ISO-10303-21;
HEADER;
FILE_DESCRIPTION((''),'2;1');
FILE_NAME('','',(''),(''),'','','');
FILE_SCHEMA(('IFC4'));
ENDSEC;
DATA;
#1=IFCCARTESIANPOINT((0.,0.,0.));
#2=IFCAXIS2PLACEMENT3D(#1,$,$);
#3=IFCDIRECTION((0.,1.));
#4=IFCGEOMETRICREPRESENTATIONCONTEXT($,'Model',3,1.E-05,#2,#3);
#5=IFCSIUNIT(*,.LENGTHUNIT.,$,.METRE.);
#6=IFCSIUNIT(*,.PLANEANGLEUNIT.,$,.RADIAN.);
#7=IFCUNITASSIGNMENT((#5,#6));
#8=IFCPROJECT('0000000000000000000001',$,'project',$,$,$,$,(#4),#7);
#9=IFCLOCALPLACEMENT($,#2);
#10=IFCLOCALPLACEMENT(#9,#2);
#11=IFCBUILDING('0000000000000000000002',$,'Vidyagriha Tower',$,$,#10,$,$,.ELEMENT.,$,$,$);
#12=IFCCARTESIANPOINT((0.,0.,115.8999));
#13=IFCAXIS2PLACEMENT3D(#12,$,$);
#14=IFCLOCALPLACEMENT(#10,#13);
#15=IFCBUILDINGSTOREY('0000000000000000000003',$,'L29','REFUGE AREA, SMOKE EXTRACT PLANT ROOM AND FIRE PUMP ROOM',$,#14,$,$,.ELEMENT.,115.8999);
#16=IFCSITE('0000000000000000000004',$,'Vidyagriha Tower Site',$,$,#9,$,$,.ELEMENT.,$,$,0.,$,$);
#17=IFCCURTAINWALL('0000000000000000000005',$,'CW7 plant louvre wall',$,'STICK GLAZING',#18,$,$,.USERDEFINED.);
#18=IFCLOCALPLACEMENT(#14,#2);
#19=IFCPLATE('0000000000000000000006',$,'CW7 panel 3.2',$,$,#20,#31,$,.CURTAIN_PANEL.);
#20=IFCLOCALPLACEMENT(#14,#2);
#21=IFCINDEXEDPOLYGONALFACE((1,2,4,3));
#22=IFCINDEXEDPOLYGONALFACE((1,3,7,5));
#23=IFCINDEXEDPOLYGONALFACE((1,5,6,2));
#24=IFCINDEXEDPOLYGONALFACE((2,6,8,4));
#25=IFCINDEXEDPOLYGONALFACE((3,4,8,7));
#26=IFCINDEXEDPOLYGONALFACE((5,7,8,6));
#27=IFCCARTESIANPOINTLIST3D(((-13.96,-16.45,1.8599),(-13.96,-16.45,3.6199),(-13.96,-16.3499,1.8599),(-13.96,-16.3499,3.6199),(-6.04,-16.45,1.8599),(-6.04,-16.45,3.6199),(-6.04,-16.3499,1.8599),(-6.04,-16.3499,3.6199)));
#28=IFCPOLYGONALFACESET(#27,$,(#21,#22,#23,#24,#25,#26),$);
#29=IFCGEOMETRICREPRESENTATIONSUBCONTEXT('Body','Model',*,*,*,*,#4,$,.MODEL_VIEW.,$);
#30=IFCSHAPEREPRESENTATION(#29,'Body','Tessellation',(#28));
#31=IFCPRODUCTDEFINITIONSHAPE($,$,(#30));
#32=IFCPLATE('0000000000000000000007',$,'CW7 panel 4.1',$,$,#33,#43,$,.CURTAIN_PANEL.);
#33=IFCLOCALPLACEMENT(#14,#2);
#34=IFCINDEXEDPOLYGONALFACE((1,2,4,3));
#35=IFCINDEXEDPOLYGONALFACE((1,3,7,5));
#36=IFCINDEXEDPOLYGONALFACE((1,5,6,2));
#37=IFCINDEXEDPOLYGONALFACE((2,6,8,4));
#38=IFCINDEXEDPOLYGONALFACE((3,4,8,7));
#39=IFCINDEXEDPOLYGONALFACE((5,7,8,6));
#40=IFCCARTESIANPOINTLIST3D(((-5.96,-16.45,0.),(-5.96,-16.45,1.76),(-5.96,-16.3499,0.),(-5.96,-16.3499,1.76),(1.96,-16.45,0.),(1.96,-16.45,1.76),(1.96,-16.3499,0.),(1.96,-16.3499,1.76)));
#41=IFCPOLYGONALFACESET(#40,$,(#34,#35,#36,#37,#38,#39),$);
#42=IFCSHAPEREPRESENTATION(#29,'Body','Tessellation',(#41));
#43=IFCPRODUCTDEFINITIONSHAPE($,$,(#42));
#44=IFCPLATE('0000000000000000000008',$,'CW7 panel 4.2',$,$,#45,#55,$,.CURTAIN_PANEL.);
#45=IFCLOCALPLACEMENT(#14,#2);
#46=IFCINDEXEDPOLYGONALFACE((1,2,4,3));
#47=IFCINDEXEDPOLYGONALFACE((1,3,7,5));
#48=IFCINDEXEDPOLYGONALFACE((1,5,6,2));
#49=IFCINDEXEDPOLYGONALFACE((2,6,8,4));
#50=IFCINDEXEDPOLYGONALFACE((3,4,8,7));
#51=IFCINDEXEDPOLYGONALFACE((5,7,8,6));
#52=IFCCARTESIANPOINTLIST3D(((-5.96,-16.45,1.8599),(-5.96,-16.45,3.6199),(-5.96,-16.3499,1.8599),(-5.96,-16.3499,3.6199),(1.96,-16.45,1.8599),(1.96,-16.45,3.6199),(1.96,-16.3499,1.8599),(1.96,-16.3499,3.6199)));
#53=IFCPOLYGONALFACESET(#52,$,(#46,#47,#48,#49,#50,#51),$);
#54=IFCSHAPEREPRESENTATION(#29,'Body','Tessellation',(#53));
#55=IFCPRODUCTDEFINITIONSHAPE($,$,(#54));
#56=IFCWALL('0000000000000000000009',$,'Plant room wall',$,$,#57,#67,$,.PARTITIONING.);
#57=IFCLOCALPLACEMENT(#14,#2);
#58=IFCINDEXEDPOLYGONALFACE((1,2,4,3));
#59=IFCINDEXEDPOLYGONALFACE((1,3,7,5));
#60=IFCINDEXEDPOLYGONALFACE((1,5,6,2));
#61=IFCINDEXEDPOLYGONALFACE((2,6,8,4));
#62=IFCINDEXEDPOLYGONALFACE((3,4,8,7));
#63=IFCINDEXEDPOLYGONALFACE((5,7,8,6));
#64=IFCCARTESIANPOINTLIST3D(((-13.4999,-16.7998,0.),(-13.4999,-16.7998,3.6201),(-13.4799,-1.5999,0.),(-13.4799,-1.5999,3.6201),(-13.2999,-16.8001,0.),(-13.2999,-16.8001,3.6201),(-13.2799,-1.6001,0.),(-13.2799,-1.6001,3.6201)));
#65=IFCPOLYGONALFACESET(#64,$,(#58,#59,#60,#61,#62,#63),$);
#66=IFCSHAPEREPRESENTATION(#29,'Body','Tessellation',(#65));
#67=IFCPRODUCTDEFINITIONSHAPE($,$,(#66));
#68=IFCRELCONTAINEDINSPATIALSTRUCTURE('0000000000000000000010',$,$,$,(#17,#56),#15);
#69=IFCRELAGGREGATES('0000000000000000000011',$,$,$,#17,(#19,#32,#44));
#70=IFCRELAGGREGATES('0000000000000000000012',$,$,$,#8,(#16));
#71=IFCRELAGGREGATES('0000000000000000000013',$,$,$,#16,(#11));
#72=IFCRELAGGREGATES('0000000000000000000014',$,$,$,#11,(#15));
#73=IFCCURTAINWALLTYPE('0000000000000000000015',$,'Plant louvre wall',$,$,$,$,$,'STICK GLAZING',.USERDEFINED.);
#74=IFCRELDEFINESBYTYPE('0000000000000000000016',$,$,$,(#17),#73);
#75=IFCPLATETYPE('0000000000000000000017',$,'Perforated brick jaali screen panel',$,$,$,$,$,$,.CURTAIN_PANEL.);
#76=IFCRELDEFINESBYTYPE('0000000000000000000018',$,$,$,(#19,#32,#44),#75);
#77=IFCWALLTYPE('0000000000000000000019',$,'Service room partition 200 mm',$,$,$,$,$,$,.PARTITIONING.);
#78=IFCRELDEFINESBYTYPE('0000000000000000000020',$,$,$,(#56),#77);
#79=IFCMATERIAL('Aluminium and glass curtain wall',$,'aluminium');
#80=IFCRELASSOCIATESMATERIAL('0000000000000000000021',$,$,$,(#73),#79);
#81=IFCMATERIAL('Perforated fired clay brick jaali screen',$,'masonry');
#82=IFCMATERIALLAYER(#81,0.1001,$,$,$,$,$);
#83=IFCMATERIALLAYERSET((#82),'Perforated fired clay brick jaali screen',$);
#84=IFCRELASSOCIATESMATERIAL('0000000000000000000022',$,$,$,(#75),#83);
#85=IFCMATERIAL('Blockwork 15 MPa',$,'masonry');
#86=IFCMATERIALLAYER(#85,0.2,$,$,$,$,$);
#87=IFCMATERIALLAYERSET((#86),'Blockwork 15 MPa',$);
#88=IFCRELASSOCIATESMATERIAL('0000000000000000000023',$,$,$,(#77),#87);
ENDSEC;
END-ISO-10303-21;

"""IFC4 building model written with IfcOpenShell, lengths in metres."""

from ifc_helpers import new_model, si_unit, direction, frame, frame_2d, origin, origin_2d, place, context, subcontext, project, spatial, rectangle, extrude, material, layer, layer_set, type_object, element, aggregate, save


model = new_model("IFC4")

# Units and contexts
model_context = context("Model", 3, precision=1e-05, world=origin(), true_north=direction((0.0, 1.0)))
body_context = subcontext(model_context, "Body", "Model", "MODEL_VIEW")
ifc_project = project(units=[si_unit("LENGTHUNIT", "METRE"), si_unit("PLANEANGLEUNIT", "RADIAN")], contexts=[model_context])

# Site, building, storey
site_placement = place(None, origin())
site = spatial("IfcSite", under=ifc_project, at=site_placement, Name="Vidyagriha Tower Site", CompositionType="ELEMENT", RefElevation=0.0)
building_placement = place(site_placement, origin())
building = spatial("IfcBuilding", under=site, at=building_placement, Name="Vidyagriha Tower", CompositionType="ELEMENT")
storey_placement = place(building_placement, frame((0.0, 0.0, 115.8999)))
storey = spatial("IfcBuildingStorey", under=building, at=storey_placement, Name="L29", Description="REFUGE AREA, SMOKE EXTRACT PLANT ROOM AND FIRE PUMP ROOM", CompositionType="ELEMENT", Elevation=115.8999)

# Curtain wall
ifc_material_1 = material(Name="Aluminium and glass curtain wall", Category="aluminium")
curtain_wall_type = type_object("IfcCurtainWallType", Name="Plant louvre wall", ElementType="STICK GLAZING", PredefinedType="USERDEFINED", material=ifc_material_1)
curtain_wall_placement = place(storey_placement, origin())
curtain_wall = element("IfcCurtainWall", 1, at=curtain_wall_placement, inside=storey, type_object=curtain_wall_type, Name="CW7 plant louvre wall", ObjectType="STICK GLAZING", PredefinedType="USERDEFINED")

# Plates
ifc_material_2 = material(Name="Perforated fired clay brick jaali screen", Category="masonry")
ifc_layer_1 = layer(ifc_material_2, 0.1001)
ifc_layer_set_1 = layer_set([ifc_layer_1], Name="Perforated fired clay brick jaali screen")
plate_type = type_object("IfcPlateType", Name="Perforated brick jaali screen panel", PredefinedType="CURTAIN_PANEL", material=ifc_layer_set_1)
plate_1_placement = place(storey_placement, frame((-10.0, -16.3999, 1.8599)))
plate_1 = element("IfcPlate", 2, at=plate_1_placement, type_object=plate_type, Name="CW7 panel 3.2", PredefinedType="CURTAIN_PANEL", context=body_context, shape_type="SweptSolid", body=[
    extrude(rectangle(XDim=7.9199, YDim=0.1001, at=origin_2d()), origin(), (0.0, 0.0, 1.0), 1.76),
])
plate_2_placement = place(storey_placement, frame((-2.0, -16.3999, 0.0)))
plate_2 = element("IfcPlate", 3, at=plate_2_placement, type_object=plate_type, Name="CW7 panel 4.1", PredefinedType="CURTAIN_PANEL", context=body_context, shape_type="SweptSolid", body=[
    extrude(rectangle(XDim=7.9199, YDim=0.1001, at=origin_2d()), origin(), (0.0, 0.0, 1.0), 1.76),
])
plate_3_placement = place(storey_placement, frame((-2.0, -16.3999, 1.8599)))
plate_3 = element("IfcPlate", 4, at=plate_3_placement, type_object=plate_type, Name="CW7 panel 4.2", PredefinedType="CURTAIN_PANEL", context=body_context, shape_type="SweptSolid", body=[
    extrude(rectangle(XDim=7.9199, YDim=0.1001, at=origin_2d()), origin(), (0.0, 0.0, 1.0), 1.76),
])
aggregate(curtain_wall, [plate_1, plate_2, plate_3])

# Wall
ifc_material_3 = material(Name="Blockwork 15 MPa", Category="masonry")
ifc_layer_2 = layer(ifc_material_3, 0.2)
ifc_layer_set_2 = layer_set([ifc_layer_2], Name="Blockwork 15 MPa")
wall_type = type_object("IfcWallType", Name="Service room partition 200 mm", PredefinedType="PARTITIONING", material=ifc_layer_set_2)
wall_placement = place(storey_placement, frame((-13.3999, -16.8, 0.0), z_axis=(0.0, 0.0, 1.0), x_axis=(0.001317, 0.999999, 0.0)))
element("IfcWall", 5, at=wall_placement, inside=storey, type_object=wall_type, Name="Plant room wall", PredefinedType="PARTITIONING", context=body_context, shape_type="SweptSolid", body=[
    extrude(rectangle(XDim=15.2, YDim=0.2, at=frame_2d((7.6001, 0.0))), origin(), (0.0, 0.0, 1.0), 3.6201),
])

save(model, "model.ifc")
